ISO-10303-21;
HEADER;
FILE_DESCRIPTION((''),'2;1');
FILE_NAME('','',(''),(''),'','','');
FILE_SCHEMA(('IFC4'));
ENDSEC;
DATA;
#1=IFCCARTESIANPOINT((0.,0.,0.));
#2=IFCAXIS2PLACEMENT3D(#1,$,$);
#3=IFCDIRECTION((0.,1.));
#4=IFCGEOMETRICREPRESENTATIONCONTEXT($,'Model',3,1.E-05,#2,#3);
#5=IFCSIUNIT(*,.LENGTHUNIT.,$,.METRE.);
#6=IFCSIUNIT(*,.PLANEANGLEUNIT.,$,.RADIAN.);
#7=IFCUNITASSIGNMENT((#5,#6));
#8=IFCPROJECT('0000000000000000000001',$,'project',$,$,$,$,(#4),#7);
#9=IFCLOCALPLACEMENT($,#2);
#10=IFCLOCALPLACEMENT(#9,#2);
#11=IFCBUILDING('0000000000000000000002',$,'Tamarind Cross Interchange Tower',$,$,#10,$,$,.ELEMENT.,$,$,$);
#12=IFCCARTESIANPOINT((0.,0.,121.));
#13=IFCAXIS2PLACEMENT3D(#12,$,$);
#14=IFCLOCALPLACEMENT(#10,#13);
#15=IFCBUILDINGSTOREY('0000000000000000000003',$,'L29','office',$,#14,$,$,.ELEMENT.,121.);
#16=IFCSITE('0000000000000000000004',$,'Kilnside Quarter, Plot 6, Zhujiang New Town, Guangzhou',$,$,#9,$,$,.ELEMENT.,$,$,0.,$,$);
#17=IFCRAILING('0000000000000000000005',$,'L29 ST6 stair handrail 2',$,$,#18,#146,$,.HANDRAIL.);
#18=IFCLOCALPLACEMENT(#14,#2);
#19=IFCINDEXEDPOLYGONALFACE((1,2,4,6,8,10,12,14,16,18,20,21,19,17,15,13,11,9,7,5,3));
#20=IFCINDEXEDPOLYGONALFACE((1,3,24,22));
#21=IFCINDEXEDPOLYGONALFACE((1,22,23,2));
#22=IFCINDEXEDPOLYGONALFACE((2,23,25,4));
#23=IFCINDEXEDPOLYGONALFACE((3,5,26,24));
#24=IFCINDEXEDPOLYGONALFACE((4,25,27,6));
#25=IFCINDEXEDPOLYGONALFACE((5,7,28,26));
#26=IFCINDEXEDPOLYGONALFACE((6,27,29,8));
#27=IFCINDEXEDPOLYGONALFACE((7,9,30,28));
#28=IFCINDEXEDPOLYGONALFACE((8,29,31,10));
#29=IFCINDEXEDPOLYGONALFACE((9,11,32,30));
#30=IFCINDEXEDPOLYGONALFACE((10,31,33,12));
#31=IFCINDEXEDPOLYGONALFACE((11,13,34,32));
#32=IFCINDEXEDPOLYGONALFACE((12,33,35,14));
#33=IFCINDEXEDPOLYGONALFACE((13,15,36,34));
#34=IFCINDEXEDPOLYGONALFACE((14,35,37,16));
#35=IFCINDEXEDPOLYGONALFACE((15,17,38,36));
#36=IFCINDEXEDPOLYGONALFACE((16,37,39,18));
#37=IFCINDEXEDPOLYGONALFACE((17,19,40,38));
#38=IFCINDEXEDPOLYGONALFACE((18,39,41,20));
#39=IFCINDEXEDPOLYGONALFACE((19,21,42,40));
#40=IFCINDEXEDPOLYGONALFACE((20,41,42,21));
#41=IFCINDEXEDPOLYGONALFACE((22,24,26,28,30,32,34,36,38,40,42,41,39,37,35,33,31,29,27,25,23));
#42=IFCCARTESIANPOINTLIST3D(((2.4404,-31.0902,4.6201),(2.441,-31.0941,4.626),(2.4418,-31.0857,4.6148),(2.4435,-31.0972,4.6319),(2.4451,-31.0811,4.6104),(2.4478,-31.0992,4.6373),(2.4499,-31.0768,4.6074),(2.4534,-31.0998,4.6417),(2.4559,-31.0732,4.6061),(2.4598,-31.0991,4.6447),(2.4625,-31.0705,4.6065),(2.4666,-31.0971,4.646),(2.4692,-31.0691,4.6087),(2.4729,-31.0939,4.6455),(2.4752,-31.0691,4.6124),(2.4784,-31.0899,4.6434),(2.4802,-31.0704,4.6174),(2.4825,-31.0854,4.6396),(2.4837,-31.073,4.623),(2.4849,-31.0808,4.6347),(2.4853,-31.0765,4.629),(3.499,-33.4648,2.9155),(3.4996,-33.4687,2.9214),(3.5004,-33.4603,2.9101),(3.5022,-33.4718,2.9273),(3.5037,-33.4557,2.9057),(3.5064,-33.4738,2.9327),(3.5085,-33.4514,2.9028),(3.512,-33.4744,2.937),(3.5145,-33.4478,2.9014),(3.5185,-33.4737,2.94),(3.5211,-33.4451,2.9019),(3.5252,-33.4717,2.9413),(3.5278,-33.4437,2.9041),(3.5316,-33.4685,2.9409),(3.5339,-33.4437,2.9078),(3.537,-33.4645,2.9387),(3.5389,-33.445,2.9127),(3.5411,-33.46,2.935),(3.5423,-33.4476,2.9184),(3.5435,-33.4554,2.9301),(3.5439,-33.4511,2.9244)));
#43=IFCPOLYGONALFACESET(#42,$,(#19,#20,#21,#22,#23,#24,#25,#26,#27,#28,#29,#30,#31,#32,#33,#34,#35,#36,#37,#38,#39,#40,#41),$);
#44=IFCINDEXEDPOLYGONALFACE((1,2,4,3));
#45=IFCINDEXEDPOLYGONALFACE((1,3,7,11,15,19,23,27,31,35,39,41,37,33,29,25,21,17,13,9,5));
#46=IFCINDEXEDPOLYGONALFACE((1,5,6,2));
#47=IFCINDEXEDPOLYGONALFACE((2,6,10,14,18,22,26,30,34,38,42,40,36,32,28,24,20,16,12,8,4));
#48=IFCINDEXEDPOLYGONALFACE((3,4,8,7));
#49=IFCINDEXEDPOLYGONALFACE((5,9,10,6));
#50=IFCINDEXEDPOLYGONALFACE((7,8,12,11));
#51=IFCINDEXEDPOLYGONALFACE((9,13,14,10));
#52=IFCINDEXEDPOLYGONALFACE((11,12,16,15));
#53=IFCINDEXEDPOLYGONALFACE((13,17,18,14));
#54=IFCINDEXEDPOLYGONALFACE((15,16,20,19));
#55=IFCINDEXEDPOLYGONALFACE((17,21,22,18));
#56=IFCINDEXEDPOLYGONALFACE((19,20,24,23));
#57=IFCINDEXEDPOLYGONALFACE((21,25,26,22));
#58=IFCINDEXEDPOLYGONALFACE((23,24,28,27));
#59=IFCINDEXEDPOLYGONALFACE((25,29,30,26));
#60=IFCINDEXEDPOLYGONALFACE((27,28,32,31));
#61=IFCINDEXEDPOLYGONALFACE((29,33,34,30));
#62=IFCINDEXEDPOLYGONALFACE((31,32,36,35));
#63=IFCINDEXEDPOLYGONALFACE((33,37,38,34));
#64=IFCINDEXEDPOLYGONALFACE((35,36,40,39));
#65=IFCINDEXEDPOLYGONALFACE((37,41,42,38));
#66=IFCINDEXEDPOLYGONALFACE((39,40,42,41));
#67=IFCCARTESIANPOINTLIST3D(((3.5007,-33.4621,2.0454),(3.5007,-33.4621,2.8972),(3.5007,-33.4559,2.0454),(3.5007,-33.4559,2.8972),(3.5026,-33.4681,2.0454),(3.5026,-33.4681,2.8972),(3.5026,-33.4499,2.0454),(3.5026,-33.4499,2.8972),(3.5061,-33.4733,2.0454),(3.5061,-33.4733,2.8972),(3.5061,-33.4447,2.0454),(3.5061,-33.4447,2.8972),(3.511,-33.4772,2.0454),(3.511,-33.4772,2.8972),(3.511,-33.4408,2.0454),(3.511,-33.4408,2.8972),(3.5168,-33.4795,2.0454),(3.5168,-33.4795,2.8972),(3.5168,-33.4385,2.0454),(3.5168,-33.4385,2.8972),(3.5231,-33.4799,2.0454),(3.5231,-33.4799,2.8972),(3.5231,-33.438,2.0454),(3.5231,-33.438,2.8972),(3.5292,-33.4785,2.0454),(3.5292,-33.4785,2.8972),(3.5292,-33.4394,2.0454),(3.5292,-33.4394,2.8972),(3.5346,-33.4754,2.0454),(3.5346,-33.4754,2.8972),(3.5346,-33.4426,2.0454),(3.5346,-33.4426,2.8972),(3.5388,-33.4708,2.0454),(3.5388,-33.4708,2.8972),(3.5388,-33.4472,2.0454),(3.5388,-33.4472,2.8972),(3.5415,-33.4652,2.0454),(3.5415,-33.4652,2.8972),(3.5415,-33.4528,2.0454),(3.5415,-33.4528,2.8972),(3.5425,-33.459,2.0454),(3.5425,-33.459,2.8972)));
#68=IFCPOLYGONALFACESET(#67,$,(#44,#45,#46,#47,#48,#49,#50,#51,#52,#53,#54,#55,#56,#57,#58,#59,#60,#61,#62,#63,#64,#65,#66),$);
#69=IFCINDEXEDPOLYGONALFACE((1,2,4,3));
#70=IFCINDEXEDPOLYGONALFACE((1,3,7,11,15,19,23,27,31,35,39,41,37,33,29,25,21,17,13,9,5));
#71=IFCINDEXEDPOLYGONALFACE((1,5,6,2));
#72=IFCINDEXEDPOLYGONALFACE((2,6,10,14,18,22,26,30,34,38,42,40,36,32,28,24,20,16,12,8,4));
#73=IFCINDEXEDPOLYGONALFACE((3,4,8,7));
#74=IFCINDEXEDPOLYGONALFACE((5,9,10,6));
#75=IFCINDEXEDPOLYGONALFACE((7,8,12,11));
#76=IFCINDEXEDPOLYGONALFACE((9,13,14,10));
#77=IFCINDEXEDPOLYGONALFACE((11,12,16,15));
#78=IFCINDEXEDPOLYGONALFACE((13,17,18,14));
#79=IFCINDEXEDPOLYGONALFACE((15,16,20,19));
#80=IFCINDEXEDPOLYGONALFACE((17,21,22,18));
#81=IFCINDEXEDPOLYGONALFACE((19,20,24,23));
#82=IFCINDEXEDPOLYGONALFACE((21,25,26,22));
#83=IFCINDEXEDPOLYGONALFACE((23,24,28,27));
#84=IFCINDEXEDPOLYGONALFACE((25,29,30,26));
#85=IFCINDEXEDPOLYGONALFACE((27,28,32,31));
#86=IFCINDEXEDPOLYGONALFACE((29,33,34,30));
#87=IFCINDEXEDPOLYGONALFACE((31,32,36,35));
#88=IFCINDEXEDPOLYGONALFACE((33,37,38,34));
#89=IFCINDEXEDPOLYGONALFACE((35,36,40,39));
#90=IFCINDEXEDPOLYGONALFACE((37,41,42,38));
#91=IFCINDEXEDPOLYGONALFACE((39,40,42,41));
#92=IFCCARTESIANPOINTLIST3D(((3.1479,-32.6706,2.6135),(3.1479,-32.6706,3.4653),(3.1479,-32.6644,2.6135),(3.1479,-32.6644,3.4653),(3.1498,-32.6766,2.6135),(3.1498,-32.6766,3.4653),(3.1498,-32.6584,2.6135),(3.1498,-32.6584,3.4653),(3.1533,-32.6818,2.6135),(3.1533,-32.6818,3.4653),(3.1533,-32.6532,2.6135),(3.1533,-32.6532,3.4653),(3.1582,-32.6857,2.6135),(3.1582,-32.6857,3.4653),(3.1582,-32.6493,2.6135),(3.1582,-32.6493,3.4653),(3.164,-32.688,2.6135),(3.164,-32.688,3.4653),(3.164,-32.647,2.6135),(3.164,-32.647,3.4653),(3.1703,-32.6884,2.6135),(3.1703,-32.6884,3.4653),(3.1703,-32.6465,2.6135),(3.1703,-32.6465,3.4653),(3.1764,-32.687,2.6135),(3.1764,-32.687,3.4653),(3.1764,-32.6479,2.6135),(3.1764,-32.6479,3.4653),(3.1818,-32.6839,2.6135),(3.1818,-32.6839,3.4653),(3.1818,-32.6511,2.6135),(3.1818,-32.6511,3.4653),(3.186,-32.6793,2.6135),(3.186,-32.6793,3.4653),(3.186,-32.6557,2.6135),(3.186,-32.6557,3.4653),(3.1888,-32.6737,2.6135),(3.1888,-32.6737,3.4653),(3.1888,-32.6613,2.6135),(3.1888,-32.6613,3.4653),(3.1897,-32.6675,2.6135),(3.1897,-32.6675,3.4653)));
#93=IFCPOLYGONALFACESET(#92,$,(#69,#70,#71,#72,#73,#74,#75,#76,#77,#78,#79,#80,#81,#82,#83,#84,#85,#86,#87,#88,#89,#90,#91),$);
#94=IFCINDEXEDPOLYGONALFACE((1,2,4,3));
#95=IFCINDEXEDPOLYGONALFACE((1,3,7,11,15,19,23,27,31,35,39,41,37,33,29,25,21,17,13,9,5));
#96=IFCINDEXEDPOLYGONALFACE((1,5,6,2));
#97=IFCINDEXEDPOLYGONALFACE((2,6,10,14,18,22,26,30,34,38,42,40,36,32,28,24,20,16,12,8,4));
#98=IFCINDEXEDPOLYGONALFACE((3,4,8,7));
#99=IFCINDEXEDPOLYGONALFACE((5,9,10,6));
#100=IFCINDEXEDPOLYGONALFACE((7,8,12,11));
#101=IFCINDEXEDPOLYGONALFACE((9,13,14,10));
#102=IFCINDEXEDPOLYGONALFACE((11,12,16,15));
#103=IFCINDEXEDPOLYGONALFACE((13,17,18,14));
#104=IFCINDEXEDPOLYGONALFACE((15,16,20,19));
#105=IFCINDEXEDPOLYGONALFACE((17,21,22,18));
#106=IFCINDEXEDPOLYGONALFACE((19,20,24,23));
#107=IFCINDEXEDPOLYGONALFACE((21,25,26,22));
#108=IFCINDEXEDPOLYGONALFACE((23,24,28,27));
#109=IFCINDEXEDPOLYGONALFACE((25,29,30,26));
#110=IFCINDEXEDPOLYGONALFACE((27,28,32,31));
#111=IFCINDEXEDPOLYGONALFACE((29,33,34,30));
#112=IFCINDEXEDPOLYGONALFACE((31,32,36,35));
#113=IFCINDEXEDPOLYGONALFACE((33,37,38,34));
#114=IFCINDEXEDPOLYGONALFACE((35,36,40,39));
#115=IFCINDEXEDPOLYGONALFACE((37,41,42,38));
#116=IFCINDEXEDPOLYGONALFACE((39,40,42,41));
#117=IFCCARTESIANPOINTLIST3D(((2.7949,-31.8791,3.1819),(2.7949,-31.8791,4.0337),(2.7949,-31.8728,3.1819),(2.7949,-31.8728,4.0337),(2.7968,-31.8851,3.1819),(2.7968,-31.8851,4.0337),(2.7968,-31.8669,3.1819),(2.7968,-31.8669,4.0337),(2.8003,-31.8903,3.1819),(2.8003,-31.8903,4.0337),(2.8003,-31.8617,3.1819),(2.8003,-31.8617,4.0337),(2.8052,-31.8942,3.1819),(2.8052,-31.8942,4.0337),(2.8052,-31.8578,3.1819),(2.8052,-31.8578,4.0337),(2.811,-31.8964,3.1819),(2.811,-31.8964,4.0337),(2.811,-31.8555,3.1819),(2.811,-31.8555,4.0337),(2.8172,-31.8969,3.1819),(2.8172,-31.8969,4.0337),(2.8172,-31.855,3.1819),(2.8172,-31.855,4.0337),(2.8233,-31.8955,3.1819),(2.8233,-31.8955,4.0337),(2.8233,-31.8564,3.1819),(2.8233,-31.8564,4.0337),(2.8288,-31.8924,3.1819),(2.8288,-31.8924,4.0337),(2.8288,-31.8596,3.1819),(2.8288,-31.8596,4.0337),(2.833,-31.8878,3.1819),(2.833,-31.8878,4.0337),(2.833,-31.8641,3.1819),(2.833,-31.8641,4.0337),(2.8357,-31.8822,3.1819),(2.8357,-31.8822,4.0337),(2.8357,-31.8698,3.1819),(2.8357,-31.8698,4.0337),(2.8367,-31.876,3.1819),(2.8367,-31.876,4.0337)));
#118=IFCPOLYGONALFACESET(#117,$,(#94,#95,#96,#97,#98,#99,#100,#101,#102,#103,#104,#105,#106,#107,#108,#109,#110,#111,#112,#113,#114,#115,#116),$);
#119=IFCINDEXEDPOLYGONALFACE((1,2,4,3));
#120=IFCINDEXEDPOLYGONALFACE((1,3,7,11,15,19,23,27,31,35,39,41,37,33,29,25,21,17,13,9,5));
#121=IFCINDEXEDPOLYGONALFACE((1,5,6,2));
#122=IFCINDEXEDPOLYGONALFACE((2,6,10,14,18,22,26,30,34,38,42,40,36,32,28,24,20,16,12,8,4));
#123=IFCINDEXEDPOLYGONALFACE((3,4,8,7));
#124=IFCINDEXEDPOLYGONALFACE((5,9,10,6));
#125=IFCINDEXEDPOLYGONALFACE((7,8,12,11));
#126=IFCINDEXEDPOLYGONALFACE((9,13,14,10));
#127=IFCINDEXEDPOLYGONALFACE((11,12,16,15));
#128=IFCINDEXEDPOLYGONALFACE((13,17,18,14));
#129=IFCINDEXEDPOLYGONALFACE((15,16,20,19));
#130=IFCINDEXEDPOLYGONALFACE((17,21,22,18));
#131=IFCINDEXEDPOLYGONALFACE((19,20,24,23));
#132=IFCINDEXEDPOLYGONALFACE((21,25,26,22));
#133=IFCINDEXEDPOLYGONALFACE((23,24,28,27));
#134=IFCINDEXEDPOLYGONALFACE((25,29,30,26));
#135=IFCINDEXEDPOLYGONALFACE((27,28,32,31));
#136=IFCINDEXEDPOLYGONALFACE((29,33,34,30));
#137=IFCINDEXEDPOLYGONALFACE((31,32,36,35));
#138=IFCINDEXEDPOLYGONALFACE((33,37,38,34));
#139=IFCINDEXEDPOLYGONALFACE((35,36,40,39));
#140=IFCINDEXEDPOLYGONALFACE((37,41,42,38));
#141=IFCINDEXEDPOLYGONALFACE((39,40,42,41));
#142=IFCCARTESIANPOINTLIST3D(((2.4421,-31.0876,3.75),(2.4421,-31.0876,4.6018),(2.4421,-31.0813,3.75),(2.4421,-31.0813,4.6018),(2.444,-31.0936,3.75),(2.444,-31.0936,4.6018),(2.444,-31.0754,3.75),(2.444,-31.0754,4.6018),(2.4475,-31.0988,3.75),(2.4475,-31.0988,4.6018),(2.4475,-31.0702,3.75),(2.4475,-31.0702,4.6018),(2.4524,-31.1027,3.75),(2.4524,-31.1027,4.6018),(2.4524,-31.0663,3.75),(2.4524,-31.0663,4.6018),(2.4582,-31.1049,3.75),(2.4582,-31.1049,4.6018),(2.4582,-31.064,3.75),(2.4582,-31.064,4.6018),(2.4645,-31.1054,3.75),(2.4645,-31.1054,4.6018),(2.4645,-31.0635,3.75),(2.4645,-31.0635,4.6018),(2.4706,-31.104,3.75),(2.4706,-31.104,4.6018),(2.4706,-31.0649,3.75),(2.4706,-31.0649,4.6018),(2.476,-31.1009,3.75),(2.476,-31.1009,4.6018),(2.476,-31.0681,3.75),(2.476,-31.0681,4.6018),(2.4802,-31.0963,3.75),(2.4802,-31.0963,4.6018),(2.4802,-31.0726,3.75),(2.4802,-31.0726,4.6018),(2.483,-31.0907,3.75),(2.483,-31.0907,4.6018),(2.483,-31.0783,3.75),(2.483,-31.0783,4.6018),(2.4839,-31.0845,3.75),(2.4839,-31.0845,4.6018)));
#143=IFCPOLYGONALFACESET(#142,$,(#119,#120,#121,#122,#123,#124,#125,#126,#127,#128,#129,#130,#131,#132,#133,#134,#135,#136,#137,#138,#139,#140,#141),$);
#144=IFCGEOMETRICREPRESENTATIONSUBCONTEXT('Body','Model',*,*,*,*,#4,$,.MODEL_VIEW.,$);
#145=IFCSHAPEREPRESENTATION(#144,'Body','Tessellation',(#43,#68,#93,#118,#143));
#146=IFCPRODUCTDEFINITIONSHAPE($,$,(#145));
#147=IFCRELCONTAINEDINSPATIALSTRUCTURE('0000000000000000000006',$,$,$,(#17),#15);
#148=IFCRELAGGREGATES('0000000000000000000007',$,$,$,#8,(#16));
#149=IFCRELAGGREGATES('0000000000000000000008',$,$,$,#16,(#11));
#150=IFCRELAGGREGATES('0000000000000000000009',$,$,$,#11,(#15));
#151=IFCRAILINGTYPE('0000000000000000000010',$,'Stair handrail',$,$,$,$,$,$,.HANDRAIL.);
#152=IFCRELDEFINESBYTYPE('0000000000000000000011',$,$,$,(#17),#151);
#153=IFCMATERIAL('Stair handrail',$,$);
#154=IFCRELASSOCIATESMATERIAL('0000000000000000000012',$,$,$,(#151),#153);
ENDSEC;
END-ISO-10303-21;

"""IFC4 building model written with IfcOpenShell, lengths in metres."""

from ifc_helpers import new_model, si_unit, direction, frame, origin, origin_2d, place, context, subcontext, project, spatial, circle, extrude, material, type_object, element, save


model = new_model("IFC4")

# Units and contexts
model_context = context("Model", 3, precision=1e-05, world=origin(), true_north=direction((0.0, 1.0)))
body_context = subcontext(model_context, "Body", "Model", "MODEL_VIEW")
ifc_project = project(units=[si_unit("LENGTHUNIT", "METRE"), si_unit("PLANEANGLEUNIT", "RADIAN")], contexts=[model_context])

# Site, building, storey
site_placement = place(None, origin())
site = spatial("IfcSite", under=ifc_project, at=site_placement, Name="Kilnside Quarter, Plot 6, Zhujiang New Town, Guangzhou", CompositionType="ELEMENT", RefElevation=0.0)
building_placement = place(site_placement, origin())
building = spatial("IfcBuilding", under=site, at=building_placement, Name="Tamarind Cross Interchange Tower", CompositionType="ELEMENT")
storey_placement = place(building_placement, frame((0.0, 0.0, 121.0)))
storey = spatial("IfcBuildingStorey", under=building, at=storey_placement, Name="L29", Description="office", CompositionType="ELEMENT", Elevation=121.0)

# Railing
ifc_material_1 = material(Name="Stair handrail")
railing_type_1 = type_object("IfcRailingType", Name="Stair handrail", PredefinedType="HANDRAIL", material=ifc_material_1)
railing_1_placement = place(storey_placement, frame((3.5215, -33.459, 2.0454)))
element("IfcRailing", 1, at=railing_1_placement, inside=storey, type_object=railing_type_1, Name="L29 ST6 stair handrail 2", PredefinedType="HANDRAIL", context=body_context, shape_type="SweptSolid", body=[
    extrude(circle(Radius=0.0239, at=origin_2d()), frame((0.0, 0.0, 0.876), z_axis=(-0.340517, 0.763807, 0.548314), x_axis=(-0.913346, -0.407184, 0.0)), (0.0, 0.0, 1.0), 3.1089),
    extrude(circle(Radius=0.021, at=origin_2d()), origin(), (0.0, 0.0, 1.0), 0.8518),
    extrude(circle(Radius=0.021, at=origin_2d()), frame((-0.3528, 0.7915, 0.5681)), (0.0, 0.0, 1.0), 0.8518),
    extrude(circle(Radius=0.021, at=origin_2d()), frame((-0.7058, 1.583, 1.1365)), (0.0, 0.0, 1.0), 0.8518),
    extrude(circle(Radius=0.021, at=origin_2d()), frame((-1.0586, 2.3745, 1.7046)), (0.0, 0.0, 1.0), 0.8518),
])

save(model, "model.ifc")
